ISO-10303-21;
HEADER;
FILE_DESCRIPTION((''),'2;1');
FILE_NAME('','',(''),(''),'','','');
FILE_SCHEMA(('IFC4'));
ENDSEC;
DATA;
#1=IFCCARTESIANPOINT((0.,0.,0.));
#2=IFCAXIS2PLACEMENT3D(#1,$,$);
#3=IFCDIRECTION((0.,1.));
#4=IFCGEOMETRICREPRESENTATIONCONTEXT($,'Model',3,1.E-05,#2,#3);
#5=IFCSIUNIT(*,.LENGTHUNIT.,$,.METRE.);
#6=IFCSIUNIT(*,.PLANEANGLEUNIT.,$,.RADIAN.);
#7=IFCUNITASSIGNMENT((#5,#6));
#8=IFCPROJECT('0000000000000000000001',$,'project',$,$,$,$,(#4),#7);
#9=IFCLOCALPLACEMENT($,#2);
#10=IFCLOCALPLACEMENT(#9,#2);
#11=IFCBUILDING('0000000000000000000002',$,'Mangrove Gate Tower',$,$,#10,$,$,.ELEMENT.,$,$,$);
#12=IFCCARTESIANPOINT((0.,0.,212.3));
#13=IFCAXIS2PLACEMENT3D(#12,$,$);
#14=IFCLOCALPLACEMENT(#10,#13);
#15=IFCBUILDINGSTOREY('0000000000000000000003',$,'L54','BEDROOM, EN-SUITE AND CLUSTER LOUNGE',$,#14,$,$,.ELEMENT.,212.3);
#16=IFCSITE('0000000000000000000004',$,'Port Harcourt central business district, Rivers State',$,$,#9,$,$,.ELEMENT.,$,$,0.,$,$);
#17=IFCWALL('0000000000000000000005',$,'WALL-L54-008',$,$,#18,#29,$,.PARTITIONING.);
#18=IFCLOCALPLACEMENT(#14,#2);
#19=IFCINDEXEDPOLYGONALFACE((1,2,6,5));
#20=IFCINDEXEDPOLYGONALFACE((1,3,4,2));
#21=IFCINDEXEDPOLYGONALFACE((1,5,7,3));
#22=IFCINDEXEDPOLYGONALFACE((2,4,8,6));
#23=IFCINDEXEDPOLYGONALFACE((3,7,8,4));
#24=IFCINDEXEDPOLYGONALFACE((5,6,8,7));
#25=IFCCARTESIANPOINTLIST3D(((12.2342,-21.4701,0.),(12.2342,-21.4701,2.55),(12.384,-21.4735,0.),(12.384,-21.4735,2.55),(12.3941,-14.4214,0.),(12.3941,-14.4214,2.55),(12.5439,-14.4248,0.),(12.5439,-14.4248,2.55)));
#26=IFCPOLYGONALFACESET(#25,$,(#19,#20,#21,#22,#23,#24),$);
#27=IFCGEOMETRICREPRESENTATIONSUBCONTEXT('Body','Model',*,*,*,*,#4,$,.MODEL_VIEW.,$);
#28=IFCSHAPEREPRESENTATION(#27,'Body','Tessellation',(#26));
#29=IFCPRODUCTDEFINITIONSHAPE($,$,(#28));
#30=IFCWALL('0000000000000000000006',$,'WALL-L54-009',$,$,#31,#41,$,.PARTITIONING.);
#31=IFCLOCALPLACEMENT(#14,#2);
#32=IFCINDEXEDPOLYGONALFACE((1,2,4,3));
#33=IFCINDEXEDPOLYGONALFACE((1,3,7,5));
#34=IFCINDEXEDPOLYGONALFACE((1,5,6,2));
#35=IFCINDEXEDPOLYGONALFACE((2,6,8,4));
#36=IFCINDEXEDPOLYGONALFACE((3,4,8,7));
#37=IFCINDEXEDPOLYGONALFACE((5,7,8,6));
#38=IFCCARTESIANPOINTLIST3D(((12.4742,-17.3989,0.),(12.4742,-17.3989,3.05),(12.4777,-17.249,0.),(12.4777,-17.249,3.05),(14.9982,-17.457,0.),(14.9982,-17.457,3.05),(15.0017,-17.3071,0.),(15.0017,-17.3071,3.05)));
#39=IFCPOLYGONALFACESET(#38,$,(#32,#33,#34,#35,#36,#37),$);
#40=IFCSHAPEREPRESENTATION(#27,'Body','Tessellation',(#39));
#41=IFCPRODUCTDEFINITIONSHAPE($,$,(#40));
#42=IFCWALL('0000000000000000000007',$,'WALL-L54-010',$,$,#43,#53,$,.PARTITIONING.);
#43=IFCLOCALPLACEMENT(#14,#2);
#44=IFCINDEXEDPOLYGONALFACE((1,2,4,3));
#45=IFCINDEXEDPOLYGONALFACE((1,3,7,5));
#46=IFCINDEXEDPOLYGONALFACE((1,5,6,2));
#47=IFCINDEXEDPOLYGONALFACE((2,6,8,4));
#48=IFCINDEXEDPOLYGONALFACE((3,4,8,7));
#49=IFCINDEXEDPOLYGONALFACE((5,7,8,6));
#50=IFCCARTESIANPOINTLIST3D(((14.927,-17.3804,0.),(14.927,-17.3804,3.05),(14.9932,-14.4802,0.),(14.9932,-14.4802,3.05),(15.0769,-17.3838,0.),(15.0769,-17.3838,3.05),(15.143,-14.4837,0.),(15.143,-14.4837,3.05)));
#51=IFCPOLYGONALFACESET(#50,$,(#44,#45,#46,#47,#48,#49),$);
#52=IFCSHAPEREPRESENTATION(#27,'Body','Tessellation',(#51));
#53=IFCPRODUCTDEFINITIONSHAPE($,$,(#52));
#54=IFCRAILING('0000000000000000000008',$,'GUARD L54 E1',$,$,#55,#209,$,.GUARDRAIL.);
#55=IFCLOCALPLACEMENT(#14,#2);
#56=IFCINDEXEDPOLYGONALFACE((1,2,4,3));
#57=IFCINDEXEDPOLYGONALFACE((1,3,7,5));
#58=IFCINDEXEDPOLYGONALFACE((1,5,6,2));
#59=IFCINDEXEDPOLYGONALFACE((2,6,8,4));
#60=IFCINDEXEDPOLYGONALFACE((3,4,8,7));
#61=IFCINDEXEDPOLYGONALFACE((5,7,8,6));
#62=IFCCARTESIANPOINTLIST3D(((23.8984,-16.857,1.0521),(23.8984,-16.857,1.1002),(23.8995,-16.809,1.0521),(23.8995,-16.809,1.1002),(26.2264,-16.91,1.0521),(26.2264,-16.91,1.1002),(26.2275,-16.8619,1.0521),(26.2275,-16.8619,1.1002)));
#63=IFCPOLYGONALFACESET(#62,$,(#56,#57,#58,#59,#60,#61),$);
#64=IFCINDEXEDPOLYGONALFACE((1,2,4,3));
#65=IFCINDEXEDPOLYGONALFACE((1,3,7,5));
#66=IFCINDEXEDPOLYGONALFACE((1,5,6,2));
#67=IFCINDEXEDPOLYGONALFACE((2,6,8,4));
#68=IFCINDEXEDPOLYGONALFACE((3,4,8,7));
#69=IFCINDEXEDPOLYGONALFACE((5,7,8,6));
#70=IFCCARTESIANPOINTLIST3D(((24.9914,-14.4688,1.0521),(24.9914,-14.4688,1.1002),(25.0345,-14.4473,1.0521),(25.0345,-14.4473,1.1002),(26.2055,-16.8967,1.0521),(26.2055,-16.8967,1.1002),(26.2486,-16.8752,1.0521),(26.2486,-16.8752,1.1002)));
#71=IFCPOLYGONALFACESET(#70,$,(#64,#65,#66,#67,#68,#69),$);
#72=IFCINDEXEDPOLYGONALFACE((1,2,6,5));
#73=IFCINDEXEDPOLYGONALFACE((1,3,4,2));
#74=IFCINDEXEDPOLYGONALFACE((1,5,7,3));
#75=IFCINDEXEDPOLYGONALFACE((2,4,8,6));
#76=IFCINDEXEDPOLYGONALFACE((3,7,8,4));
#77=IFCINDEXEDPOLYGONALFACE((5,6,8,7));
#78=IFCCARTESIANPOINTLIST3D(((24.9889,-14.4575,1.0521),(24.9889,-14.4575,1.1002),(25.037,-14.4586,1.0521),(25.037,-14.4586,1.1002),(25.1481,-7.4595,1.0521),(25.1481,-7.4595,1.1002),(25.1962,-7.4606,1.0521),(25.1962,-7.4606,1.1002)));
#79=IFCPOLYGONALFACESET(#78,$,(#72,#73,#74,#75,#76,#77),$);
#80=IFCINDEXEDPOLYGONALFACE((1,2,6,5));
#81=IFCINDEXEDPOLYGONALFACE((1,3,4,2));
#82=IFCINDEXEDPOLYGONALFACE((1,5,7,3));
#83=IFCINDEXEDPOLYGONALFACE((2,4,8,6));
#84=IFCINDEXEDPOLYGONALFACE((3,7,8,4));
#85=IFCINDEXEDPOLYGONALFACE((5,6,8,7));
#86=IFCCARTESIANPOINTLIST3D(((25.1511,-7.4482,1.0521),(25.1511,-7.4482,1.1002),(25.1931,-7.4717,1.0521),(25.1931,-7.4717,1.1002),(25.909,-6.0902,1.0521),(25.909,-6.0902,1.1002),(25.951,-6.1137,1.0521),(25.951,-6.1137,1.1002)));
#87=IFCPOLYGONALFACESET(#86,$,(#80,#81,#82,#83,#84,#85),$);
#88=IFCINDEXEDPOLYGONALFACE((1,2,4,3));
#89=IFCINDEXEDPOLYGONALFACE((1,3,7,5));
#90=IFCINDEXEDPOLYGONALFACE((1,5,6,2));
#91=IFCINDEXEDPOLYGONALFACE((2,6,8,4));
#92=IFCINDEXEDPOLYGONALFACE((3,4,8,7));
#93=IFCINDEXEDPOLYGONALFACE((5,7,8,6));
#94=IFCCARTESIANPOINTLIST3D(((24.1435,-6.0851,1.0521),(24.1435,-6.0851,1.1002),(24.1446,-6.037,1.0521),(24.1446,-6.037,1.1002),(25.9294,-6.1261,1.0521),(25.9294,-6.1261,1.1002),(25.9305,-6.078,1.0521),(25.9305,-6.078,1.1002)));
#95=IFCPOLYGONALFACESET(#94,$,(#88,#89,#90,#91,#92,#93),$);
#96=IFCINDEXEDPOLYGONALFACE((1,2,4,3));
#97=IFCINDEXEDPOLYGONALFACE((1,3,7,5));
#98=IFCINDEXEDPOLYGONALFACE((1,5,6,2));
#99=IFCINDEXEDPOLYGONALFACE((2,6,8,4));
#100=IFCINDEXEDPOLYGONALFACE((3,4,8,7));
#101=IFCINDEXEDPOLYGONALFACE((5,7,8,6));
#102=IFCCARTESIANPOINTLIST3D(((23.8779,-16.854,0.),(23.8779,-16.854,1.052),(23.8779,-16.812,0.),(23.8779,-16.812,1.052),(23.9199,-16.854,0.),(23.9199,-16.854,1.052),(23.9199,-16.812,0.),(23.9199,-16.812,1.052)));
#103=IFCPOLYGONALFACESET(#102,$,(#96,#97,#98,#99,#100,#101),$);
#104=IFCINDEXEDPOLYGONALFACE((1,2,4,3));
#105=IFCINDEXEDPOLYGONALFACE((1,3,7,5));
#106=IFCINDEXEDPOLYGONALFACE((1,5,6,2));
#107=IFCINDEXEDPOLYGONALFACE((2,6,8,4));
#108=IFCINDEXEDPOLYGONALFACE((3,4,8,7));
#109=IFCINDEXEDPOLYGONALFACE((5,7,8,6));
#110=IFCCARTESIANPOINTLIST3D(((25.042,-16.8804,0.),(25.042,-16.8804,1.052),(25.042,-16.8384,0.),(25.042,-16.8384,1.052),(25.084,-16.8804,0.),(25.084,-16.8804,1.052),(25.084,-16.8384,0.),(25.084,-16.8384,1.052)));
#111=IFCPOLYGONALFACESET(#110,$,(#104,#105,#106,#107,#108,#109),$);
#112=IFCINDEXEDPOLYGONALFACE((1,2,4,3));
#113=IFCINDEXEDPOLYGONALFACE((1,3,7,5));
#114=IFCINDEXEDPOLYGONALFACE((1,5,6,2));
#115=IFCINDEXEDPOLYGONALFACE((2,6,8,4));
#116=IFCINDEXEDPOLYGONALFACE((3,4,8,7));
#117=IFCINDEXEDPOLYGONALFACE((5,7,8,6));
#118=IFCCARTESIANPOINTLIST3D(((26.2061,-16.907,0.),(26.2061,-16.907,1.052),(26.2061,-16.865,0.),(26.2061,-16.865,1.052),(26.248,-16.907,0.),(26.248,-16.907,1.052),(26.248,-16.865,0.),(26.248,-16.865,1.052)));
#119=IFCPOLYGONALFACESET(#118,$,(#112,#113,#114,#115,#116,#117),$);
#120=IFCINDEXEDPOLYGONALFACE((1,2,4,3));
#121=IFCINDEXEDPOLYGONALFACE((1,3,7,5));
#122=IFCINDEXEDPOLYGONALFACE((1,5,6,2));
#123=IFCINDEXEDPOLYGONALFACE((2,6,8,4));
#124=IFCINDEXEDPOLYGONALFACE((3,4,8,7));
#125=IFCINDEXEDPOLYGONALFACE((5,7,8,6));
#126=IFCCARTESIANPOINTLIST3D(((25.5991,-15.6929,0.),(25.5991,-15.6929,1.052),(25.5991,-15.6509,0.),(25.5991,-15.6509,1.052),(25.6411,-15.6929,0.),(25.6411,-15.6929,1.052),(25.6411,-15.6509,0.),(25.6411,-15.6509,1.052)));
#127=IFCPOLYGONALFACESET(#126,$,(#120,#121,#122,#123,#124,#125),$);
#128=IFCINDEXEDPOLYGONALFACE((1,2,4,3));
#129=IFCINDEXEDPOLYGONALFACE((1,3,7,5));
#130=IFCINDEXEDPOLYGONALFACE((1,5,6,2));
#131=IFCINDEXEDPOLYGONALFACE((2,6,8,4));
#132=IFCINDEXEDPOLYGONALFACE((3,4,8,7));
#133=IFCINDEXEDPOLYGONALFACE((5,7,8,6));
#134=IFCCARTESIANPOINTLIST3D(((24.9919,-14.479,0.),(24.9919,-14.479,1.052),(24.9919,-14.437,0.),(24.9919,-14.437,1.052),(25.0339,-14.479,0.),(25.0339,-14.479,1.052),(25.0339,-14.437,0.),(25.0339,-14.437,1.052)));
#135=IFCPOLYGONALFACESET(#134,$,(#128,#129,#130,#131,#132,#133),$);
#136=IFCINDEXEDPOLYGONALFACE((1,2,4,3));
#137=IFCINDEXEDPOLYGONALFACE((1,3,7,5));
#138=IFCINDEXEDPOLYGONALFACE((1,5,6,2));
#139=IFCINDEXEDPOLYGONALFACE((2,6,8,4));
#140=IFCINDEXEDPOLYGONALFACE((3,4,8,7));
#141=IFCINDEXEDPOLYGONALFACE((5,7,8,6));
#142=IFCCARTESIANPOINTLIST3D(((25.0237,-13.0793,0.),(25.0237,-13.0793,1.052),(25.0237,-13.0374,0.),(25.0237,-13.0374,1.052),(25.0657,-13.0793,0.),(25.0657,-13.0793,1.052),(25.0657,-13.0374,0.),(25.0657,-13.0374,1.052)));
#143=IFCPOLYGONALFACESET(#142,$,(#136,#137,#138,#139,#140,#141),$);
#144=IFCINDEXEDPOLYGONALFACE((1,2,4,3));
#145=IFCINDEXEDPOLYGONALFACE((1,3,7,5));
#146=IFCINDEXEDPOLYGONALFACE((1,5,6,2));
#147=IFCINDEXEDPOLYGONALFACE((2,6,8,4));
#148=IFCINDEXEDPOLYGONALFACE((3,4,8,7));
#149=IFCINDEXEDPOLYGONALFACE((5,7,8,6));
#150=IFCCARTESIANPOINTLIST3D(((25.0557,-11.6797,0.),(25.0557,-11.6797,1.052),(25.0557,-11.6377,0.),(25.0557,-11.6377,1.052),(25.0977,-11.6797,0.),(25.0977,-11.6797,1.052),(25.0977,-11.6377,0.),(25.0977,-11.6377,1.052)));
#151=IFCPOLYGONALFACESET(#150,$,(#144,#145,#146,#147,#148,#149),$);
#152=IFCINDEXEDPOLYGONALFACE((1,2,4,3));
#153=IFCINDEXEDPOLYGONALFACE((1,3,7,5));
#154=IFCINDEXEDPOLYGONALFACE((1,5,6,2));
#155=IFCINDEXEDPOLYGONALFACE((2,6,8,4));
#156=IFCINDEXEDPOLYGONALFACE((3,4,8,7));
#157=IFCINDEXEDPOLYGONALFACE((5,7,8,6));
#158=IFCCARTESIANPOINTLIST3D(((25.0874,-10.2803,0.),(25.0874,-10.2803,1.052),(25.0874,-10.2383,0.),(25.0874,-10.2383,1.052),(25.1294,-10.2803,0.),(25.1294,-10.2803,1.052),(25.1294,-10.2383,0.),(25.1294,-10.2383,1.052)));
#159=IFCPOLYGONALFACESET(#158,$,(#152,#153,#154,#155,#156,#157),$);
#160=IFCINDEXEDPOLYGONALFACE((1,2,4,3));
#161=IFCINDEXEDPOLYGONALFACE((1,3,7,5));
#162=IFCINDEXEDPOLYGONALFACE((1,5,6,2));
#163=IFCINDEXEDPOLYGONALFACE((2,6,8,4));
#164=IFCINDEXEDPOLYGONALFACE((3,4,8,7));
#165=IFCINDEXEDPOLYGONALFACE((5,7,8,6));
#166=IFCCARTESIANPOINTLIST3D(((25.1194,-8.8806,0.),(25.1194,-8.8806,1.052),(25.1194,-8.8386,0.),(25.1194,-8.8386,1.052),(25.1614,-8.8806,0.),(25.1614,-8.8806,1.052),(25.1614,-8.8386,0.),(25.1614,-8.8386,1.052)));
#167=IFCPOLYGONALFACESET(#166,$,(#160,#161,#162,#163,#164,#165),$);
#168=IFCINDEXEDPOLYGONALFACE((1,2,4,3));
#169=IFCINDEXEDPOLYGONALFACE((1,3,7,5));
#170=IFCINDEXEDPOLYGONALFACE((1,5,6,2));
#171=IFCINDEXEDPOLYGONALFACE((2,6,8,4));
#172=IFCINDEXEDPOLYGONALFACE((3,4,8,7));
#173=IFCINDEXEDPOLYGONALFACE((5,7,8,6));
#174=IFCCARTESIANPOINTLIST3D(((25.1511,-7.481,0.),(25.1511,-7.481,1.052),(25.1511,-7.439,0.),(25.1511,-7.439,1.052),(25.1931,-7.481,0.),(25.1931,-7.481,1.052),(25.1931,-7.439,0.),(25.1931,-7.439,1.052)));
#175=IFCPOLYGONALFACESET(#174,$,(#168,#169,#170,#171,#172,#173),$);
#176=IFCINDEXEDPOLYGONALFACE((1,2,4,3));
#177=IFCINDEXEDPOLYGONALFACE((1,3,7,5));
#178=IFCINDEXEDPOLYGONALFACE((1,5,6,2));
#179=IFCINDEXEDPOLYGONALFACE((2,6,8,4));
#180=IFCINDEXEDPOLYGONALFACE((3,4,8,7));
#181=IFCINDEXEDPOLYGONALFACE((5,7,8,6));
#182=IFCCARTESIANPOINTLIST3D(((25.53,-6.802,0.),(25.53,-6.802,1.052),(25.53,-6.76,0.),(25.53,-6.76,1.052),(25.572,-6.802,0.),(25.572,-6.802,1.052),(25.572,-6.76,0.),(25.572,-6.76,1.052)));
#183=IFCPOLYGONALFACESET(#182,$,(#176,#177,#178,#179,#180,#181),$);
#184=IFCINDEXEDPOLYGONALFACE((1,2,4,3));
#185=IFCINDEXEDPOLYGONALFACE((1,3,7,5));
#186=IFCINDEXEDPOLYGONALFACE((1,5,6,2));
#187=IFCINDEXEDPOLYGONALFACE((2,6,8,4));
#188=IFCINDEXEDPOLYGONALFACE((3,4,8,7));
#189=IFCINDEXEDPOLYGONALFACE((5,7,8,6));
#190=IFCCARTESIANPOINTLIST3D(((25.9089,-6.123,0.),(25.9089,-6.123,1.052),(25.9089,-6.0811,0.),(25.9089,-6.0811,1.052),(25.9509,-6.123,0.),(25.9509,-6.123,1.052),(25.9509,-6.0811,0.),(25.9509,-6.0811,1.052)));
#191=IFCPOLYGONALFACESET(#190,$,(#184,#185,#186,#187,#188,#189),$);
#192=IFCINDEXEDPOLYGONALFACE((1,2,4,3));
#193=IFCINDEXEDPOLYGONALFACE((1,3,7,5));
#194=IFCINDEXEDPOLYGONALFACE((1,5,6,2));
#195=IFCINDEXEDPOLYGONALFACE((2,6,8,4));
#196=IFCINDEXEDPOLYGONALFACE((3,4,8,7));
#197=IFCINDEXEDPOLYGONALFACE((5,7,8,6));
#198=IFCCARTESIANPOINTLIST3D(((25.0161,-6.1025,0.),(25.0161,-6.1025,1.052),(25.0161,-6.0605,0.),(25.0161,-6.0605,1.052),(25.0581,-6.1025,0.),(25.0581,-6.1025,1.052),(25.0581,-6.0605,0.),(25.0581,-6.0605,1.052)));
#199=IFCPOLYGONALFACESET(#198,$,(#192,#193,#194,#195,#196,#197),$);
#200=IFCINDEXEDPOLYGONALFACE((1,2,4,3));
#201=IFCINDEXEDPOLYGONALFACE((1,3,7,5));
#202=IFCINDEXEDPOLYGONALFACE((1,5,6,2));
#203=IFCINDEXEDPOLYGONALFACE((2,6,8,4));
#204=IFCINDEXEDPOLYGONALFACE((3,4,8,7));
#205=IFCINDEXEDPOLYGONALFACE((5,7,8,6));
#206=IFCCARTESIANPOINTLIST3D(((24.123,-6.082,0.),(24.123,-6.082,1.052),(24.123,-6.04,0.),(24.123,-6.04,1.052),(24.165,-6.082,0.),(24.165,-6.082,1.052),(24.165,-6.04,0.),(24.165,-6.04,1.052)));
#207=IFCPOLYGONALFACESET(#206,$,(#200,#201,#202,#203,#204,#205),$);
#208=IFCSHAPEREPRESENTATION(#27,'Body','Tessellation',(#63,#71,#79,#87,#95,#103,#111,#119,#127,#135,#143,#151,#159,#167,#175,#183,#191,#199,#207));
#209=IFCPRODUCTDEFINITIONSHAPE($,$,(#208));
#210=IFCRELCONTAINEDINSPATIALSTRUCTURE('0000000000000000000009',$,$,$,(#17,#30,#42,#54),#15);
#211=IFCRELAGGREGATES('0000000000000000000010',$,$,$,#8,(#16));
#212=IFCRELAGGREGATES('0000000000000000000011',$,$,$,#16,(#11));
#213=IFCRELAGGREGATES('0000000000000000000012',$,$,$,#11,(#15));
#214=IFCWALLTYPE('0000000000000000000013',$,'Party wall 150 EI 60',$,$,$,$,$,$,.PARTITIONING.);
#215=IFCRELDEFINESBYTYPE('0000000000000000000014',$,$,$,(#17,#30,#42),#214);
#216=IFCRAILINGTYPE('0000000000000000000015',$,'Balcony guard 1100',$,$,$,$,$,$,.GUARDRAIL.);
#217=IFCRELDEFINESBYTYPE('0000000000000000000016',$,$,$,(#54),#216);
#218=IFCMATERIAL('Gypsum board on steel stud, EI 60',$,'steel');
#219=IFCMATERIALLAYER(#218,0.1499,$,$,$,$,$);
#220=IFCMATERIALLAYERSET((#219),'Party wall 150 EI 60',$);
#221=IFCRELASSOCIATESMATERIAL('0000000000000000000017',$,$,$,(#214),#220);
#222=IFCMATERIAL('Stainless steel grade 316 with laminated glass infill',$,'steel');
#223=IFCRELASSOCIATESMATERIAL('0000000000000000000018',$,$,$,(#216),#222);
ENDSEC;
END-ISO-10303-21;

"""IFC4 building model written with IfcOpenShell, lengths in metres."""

from ifc_helpers import new_model, si_unit, direction, frame, frame_2d, origin, origin_2d, place, context, subcontext, project, spatial, rectangle, extrude, material, layer, layer_set, type_object, element, save


model = new_model("IFC4")

# Units and contexts
model_context = context("Model", 3, precision=1e-05, world=origin(), true_north=direction((0.0, 1.0)))
body_context = subcontext(model_context, "Body", "Model", "MODEL_VIEW")
ifc_project = project(units=[si_unit("LENGTHUNIT", "METRE"), si_unit("PLANEANGLEUNIT", "RADIAN")], contexts=[model_context])

# Site, building, storey
site_placement = place(None, origin())
site = spatial("IfcSite", under=ifc_project, at=site_placement, Name="Port Harcourt central business district, Rivers State", CompositionType="ELEMENT", RefElevation=0.0)
building_placement = place(site_placement, origin())
building = spatial("IfcBuilding", under=site, at=building_placement, Name="Mangrove Gate Tower", CompositionType="ELEMENT")
storey_placement = place(building_placement, frame((0.0, 0.0, 212.3)))
storey = spatial("IfcBuildingStorey", under=building, at=storey_placement, Name="L54", Description="BEDROOM, EN-SUITE AND CLUSTER LOUNGE", CompositionType="ELEMENT", Elevation=212.3)

# Walls
ifc_material_1 = material(Name="Gypsum board on steel stud, EI 60", Category="steel")
ifc_layer_1 = layer(ifc_material_1, 0.1499)
ifc_layer_set_1 = layer_set([ifc_layer_1], Name="Party wall 150 EI 60")
wall_type_1 = type_object("IfcWallType", Name="Party wall 150 EI 60", PredefinedType="PARTITIONING", material=ifc_layer_set_1)
wall_1_placement = place(storey_placement, frame((12.3091, -21.4719, 0.0), z_axis=(0.0, 0.0, 1.0), x_axis=(0.022681, 0.999743, 0.0)))
element("IfcWall", 1, at=wall_1_placement, inside=storey, type_object=wall_type_1, Name="WALL-L54-008", PredefinedType="PARTITIONING", context=body_context, shape_type="SweptSolid", body=[
    extrude(rectangle(XDim=7.0505, YDim=0.1499, at=frame_2d((3.5254, 0.0))), origin(), (0.0, 0.0, 1.0), 2.55),
])
wall_2_placement = place(storey_placement, frame((12.4761, -17.324, 0.0), z_axis=(0.0, 0.0, 1.0), x_axis=(0.999735, -0.023016, 0.0)))
element("IfcWall", 2, at=wall_2_placement, inside=storey, type_object=wall_type_1, Name="WALL-L54-009", PredefinedType="PARTITIONING", context=body_context, shape_type="SweptSolid", body=[
    extrude(rectangle(XDim=2.5247, YDim=0.1499, at=frame_2d((1.2622, 0.0))), origin(), (0.0, 0.0, 1.0), 3.05),
])
wall_3_placement = place(storey_placement, frame((15.002, -17.3821, 0.0), z_axis=(0.0, 0.0, 1.0), x_axis=(0.022807, 0.99974, 0.0)))
element("IfcWall", 3, at=wall_3_placement, inside=storey, type_object=wall_type_1, Name="WALL-L54-010", PredefinedType="PARTITIONING", context=body_context, shape_type="SweptSolid", body=[
    extrude(rectangle(XDim=2.9009, YDim=0.1499, at=frame_2d((1.4504, 0.0))), origin(), (0.0, 0.0, 1.0), 3.05),
])

# Railing
ifc_material_2 = material(Name="Stainless steel grade 316 with laminated glass infill", Category="steel")
railing_type = type_object("IfcRailingType", Name="Balcony guard 1100", PredefinedType="GUARDRAIL", material=ifc_material_2)
railing_placement = place(storey_placement, frame((23.8989, -16.833, 0.0)))
element("IfcRailing", 4, at=railing_placement, inside=storey, type_object=railing_type, Name="GUARD L54 E1", PredefinedType="GUARDRAIL", context=body_context, shape_type="SweptSolid", body=[
    extrude(rectangle(XDim=0.0481, YDim=0.0481, at=origin_2d()), frame((0.0, 0.0, 1.0762), z_axis=(0.999741, -0.02275, 0.0), x_axis=(0.02275, 0.999741, 0.0)), (0.0, 0.0, 1.0), 2.3286),
    extrude(rectangle(XDim=0.0481, YDim=0.0481, at=origin_2d()), frame((2.3281, -0.053, 1.0762), z_axis=(-0.44725, 0.894409, 0.0), x_axis=(-0.894409, -0.44725, 0.0)), (0.0, 0.0, 1.0), 2.7146),
    extrude(rectangle(XDim=0.0481, YDim=0.0481, at=origin_2d()), frame((1.114, 2.375, 1.0762), z_axis=(0.02274, 0.999741, 0.0), x_axis=(-0.999741, 0.02274, 0.0)), (0.0, 0.0, 1.0), 6.9998),
    extrude(rectangle(XDim=0.0481, YDim=0.0481, at=origin_2d()), frame((1.2732, 9.373, 1.0762), z_axis=(0.487322, 0.873223, 0.0), x_axis=(-0.873223, 0.487322, 0.0)), (0.0, 0.0, 1.0), 1.5552),
    extrude(rectangle(XDim=0.0481, YDim=0.0481, at=origin_2d()), frame((2.031, 10.731, 1.0762), z_axis=(-0.999736, 0.02296, 0.0), x_axis=(-0.02296, -0.999736, 0.0)), (0.0, 0.0, 1.0), 1.7864),
    extrude(rectangle(XDim=0.042, YDim=0.042, at=origin_2d()), origin(), (0.0, 0.0, 1.0), 1.052),
    extrude(rectangle(XDim=0.042, YDim=0.042, at=origin_2d()), frame((1.1641, -0.0264, 0.0)), (0.0, 0.0, 1.0), 1.052),
    extrude(rectangle(XDim=0.042, YDim=0.042, at=origin_2d()), frame((2.3281, -0.053, 0.0)), (0.0, 0.0, 1.0), 1.052),
    extrude(rectangle(XDim=0.042, YDim=0.042, at=origin_2d()), frame((1.7212, 1.1611, 0.0)), (0.0, 0.0, 1.0), 1.052),
    extrude(rectangle(XDim=0.042, YDim=0.042, at=origin_2d()), frame((1.114, 2.375, 0.0)), (0.0, 0.0, 1.0), 1.052),
    extrude(rectangle(XDim=0.042, YDim=0.042, at=origin_2d()), frame((1.1458, 3.7747, 0.0)), (0.0, 0.0, 1.0), 1.052),
    extrude(rectangle(XDim=0.042, YDim=0.042, at=origin_2d()), frame((1.1777, 5.1743, 0.0)), (0.0, 0.0, 1.0), 1.052),
    extrude(rectangle(XDim=0.042, YDim=0.042, at=origin_2d()), frame((1.2095, 6.5737, 0.0)), (0.0, 0.0, 1.0), 1.052),
    extrude(rectangle(XDim=0.042, YDim=0.042, at=origin_2d()), frame((1.2415, 7.9734, 0.0)), (0.0, 0.0, 1.0), 1.052),
    extrude(rectangle(XDim=0.042, YDim=0.042, at=origin_2d()), frame((1.2732, 9.373, 0.0)), (0.0, 0.0, 1.0), 1.052),
    extrude(rectangle(XDim=0.042, YDim=0.042, at=origin_2d()), frame((1.6521, 10.052, 0.0)), (0.0, 0.0, 1.0), 1.052),
    extrude(rectangle(XDim=0.042, YDim=0.042, at=origin_2d()), frame((2.031, 10.731, 0.0)), (0.0, 0.0, 1.0), 1.052),
    extrude(rectangle(XDim=0.042, YDim=0.042, at=origin_2d()), frame((1.1382, 10.7515, 0.0)), (0.0, 0.0, 1.0), 1.052),
    extrude(rectangle(XDim=0.042, YDim=0.042, at=origin_2d()), frame((0.2451, 10.772, 0.0)), (0.0, 0.0, 1.0), 1.052),
])

save(model, "model.ifc")
